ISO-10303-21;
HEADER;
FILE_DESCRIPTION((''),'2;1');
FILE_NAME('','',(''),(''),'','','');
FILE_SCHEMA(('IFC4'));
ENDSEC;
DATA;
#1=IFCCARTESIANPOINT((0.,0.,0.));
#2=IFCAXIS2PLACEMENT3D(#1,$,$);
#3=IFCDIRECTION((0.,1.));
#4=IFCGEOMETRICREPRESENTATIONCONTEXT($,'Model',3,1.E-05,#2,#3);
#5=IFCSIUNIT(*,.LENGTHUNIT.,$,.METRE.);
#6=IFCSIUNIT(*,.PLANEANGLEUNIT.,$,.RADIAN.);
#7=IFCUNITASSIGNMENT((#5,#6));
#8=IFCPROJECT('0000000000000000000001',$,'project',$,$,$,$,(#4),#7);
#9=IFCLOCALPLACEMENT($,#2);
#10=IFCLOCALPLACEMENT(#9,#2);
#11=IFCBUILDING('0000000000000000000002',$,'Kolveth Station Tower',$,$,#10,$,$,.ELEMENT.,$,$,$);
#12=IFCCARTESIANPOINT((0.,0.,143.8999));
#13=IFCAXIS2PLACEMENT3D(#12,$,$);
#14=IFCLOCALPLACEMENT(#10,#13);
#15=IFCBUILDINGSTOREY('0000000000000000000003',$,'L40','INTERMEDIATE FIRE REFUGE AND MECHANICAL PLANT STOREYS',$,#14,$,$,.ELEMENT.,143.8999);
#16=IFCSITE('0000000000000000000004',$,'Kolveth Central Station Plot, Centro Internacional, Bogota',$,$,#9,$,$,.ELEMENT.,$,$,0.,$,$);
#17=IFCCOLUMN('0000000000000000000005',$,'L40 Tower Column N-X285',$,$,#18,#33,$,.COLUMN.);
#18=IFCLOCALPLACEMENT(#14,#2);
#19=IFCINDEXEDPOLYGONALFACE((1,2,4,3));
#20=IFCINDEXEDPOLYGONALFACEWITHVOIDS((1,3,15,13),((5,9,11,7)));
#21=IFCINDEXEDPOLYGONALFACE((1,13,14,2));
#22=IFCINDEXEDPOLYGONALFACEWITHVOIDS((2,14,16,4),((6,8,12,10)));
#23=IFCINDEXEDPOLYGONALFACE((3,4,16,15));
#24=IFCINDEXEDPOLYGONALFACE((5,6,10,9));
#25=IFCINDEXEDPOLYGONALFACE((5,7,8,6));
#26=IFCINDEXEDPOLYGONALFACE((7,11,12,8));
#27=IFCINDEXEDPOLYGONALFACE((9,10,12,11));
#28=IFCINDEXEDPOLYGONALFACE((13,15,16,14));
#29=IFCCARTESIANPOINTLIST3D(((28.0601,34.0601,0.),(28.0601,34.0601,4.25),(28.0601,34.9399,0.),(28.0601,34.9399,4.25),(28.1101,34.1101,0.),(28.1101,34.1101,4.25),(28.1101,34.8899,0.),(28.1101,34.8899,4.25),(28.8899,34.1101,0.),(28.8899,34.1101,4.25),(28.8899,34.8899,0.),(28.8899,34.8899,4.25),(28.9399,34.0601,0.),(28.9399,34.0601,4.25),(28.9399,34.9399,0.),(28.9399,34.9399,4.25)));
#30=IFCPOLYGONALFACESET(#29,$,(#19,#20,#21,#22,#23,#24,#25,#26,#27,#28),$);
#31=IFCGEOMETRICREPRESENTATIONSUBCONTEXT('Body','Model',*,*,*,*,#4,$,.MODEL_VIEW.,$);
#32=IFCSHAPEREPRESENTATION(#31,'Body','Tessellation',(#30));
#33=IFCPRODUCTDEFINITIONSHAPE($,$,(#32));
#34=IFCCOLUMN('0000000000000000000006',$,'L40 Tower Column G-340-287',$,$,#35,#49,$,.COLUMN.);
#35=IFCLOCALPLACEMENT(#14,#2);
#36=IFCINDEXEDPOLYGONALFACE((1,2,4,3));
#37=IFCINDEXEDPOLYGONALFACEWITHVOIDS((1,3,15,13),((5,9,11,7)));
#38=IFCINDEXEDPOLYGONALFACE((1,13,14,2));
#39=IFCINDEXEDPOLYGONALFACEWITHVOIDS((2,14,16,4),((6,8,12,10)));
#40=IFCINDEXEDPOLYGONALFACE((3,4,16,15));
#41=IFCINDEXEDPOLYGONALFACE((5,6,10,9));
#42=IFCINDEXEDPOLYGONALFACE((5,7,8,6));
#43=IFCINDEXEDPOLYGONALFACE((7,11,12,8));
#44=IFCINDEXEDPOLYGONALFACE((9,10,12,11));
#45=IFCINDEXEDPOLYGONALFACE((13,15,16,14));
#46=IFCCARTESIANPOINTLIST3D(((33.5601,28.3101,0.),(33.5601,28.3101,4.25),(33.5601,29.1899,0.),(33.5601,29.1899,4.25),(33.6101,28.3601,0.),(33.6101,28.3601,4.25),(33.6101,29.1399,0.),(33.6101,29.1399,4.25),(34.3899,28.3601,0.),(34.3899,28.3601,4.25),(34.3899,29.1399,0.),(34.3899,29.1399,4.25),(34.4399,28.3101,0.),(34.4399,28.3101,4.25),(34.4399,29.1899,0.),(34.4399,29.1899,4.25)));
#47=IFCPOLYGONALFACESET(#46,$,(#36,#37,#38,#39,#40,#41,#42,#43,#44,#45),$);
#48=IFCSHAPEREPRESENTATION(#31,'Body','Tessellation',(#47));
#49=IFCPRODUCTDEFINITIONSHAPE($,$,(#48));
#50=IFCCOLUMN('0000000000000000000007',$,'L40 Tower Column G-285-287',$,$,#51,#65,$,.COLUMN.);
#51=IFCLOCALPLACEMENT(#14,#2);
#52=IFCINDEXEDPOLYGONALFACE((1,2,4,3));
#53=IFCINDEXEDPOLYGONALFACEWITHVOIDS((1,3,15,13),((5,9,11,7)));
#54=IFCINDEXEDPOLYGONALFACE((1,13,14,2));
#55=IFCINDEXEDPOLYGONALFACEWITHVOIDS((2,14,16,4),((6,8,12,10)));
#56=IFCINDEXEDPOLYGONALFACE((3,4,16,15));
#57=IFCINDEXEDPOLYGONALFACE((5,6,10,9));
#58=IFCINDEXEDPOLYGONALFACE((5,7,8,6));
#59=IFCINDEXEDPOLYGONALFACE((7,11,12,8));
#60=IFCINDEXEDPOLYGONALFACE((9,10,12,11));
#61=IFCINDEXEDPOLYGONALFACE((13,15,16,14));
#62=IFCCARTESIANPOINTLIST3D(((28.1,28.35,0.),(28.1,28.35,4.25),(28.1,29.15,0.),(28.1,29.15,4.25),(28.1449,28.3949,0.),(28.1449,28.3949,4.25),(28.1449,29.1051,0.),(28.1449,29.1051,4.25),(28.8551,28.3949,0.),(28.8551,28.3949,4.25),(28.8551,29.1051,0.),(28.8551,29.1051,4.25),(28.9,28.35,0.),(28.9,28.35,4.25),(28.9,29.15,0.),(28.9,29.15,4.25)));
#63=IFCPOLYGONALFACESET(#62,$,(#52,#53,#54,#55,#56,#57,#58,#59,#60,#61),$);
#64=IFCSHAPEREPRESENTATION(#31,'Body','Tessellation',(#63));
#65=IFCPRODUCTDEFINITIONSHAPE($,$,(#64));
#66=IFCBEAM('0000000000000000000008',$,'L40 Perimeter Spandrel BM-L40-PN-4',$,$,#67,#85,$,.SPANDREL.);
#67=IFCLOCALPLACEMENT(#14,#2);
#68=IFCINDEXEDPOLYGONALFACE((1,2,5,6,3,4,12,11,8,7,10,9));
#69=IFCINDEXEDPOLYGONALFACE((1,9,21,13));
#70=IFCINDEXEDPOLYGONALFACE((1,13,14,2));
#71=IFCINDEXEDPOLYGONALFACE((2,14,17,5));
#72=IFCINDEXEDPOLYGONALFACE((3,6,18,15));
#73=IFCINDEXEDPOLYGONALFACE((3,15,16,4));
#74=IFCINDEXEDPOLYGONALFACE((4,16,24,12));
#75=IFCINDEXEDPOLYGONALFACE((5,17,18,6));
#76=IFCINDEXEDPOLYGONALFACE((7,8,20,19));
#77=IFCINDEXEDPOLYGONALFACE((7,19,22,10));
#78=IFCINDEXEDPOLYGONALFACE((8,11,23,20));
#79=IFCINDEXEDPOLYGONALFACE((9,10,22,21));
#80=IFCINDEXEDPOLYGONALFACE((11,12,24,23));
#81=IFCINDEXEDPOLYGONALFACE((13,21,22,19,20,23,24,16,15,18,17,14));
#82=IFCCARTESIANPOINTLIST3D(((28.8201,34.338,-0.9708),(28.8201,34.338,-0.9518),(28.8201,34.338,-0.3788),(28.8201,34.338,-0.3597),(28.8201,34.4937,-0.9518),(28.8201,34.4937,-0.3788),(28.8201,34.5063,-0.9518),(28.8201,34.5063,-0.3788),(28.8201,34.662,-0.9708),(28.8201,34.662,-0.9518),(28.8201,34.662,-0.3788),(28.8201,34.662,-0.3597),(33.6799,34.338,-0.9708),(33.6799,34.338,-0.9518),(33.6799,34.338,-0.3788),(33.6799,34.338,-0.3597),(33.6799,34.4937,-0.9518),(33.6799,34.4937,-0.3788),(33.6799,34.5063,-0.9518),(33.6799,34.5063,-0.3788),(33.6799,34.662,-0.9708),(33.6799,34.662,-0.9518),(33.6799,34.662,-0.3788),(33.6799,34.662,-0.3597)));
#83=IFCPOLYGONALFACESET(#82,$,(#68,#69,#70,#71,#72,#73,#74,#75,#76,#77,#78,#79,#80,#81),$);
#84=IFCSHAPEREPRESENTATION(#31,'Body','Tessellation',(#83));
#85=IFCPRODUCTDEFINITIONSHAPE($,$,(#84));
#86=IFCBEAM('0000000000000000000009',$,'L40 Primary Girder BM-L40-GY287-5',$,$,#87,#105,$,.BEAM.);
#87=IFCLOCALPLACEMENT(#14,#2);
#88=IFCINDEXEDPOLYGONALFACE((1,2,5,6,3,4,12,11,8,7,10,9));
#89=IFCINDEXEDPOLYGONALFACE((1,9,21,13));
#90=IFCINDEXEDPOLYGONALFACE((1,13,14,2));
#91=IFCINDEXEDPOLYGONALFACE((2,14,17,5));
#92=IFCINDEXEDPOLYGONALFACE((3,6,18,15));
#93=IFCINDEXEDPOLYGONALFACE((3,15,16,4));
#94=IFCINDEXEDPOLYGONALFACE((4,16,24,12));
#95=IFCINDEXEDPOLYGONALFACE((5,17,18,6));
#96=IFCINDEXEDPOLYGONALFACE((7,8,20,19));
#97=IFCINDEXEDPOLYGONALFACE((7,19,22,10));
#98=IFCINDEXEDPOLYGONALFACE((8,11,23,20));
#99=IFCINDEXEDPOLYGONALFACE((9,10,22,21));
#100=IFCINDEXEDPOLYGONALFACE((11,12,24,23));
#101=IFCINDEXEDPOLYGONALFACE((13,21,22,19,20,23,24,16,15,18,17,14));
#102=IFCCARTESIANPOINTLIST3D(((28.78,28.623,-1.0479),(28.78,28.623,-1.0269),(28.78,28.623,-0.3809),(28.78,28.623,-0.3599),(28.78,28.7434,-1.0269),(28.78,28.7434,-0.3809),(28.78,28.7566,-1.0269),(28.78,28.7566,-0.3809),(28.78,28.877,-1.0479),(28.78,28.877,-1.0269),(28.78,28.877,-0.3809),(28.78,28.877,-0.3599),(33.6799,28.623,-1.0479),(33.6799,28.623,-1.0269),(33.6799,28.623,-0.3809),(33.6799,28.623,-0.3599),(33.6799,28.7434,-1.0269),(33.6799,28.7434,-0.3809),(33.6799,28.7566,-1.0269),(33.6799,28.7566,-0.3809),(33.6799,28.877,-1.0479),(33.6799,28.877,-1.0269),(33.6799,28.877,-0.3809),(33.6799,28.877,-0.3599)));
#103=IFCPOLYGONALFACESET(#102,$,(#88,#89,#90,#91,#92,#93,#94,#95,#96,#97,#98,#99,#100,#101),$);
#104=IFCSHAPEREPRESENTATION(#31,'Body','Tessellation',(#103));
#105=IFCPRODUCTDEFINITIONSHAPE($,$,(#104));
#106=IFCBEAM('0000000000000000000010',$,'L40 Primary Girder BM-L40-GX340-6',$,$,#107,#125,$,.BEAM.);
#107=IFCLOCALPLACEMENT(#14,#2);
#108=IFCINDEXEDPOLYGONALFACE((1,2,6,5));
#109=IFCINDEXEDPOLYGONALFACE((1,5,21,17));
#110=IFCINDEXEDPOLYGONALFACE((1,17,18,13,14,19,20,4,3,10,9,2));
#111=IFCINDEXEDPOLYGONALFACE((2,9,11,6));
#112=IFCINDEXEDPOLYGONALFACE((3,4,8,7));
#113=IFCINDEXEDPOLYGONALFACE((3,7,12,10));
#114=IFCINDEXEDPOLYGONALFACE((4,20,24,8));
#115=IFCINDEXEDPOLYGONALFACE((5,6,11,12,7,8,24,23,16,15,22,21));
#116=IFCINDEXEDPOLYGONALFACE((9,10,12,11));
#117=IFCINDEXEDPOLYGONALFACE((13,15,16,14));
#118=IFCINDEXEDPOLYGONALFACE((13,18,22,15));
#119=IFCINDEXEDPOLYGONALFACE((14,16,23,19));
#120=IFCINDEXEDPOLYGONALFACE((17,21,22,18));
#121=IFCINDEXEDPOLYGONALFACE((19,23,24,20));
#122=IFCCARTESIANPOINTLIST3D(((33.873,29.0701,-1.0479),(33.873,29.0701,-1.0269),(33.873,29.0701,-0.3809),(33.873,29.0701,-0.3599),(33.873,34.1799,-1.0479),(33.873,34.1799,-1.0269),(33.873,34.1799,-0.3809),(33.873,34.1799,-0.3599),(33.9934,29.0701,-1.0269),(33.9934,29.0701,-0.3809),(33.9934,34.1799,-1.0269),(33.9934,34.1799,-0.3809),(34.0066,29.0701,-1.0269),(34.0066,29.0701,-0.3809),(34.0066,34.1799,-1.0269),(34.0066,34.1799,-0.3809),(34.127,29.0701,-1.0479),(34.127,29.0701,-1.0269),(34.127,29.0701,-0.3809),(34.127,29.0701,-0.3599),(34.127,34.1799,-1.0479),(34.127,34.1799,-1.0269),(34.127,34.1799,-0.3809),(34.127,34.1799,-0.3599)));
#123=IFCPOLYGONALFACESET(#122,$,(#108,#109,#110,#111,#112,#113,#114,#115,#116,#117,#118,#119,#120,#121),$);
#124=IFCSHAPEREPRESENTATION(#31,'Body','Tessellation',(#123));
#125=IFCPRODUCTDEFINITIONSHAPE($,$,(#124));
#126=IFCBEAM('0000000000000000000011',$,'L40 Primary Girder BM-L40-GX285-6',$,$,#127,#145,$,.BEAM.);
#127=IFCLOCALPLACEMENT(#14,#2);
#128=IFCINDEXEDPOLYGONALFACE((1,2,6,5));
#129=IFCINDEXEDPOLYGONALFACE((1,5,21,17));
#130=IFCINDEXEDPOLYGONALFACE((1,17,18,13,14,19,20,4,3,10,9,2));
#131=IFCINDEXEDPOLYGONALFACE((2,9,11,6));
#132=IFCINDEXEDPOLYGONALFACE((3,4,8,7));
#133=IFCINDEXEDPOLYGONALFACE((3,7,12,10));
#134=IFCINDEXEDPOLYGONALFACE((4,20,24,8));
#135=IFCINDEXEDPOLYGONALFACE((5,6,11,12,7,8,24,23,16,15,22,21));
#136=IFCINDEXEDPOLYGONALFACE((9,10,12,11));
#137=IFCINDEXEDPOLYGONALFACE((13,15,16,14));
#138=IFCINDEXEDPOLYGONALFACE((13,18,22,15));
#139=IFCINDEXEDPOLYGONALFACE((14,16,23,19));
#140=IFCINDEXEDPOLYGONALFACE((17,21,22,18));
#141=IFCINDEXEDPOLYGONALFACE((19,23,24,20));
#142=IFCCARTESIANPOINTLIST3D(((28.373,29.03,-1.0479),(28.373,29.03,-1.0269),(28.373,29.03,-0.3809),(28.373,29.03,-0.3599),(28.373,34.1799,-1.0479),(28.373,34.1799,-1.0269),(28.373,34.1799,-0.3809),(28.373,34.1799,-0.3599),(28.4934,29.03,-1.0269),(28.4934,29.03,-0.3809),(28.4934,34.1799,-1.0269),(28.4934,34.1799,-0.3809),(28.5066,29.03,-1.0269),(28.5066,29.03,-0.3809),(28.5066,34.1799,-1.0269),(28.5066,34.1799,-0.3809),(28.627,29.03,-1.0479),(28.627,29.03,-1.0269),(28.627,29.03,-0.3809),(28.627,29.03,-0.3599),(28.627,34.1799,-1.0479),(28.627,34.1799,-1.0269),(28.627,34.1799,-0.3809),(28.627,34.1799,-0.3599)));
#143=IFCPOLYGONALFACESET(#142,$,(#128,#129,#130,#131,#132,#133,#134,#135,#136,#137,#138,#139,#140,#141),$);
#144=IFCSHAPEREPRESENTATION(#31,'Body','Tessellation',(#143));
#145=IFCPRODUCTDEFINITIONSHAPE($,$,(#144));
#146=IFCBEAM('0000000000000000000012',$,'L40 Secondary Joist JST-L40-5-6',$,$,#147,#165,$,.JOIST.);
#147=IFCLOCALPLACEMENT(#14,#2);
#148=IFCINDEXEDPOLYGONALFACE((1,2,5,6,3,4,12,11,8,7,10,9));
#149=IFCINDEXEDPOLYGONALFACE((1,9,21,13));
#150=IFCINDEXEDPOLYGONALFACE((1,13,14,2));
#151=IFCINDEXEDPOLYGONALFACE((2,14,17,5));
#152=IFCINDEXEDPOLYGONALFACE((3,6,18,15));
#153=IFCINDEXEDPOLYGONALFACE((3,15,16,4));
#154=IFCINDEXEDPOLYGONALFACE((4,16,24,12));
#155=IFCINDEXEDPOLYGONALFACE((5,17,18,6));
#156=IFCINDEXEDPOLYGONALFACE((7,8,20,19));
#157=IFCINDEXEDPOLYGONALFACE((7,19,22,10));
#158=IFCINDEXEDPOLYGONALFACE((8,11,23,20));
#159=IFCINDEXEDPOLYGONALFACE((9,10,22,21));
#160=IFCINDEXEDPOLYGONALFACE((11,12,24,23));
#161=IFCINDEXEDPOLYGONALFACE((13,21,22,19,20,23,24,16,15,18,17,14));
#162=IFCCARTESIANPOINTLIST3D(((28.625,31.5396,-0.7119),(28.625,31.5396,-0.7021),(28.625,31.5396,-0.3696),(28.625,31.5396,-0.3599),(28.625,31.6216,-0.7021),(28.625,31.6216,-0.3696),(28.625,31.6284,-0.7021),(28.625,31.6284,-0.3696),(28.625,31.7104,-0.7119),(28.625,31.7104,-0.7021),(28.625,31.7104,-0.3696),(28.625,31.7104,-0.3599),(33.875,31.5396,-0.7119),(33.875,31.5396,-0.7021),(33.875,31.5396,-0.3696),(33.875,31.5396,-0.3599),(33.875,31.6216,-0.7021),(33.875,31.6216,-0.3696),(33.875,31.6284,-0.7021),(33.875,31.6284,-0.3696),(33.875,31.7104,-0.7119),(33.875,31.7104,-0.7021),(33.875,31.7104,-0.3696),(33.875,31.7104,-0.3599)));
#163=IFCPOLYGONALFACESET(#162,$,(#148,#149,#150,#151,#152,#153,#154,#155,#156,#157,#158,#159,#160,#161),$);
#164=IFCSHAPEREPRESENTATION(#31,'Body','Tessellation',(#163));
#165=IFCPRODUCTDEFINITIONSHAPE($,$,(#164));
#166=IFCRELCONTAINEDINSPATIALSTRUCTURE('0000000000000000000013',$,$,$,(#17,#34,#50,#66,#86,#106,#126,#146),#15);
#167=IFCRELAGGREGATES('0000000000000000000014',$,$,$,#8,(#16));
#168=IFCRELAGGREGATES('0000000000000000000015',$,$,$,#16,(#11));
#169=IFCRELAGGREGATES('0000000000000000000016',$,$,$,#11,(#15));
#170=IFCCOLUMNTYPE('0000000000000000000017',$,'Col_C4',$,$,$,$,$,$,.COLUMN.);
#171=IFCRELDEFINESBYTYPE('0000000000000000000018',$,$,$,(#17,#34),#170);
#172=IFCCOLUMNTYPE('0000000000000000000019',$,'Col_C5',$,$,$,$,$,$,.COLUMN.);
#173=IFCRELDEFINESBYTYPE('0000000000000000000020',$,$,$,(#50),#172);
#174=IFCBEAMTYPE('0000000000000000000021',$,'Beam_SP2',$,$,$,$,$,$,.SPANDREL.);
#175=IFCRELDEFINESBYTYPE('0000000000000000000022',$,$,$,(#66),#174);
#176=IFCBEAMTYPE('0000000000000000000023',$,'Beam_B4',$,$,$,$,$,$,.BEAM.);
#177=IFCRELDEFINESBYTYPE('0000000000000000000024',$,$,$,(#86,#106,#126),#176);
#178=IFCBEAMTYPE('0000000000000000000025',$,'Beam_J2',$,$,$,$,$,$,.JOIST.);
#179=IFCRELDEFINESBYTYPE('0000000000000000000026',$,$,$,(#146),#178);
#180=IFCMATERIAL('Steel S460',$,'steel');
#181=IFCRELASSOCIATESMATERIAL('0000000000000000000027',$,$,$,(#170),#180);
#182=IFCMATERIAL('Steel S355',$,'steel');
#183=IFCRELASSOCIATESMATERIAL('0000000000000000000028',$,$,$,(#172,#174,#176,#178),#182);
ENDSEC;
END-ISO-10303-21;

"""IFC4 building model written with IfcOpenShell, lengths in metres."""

from ifc_helpers import new_model, si_unit, direction, frame, origin, origin_2d, place, context, subcontext, project, spatial, hollow_rectangle, i_section, extrude, source, transform, mapped, material, material_profile, profile_set, type_object, element, save


model = new_model("IFC4")

# Units and contexts
model_context = context("Model", 3, precision=1e-05, world=origin(), true_north=direction((0.0, 1.0)))
body_context = subcontext(model_context, "Body", "Model", "MODEL_VIEW")
ifc_project = project(units=[si_unit("LENGTHUNIT", "METRE"), si_unit("PLANEANGLEUNIT", "RADIAN")], contexts=[model_context])

# Site, building, storey
site_placement = place(None, origin())
site = spatial("IfcSite", under=ifc_project, at=site_placement, Name="Kolveth Central Station Plot, Centro Internacional, Bogota", CompositionType="ELEMENT", RefElevation=0.0)
building_placement = place(site_placement, origin())
building = spatial("IfcBuilding", under=site, at=building_placement, Name="Kolveth Station Tower", CompositionType="ELEMENT")
storey_placement = place(building_placement, frame((0.0, 0.0, 143.8999)))
storey = spatial("IfcBuildingStorey", under=building, at=storey_placement, Name="L40", Description="INTERMEDIATE FIRE REFUGE AND MECHANICAL PLANT STOREYS", CompositionType="ELEMENT", Elevation=143.8999)

# Columns
ifc_material_1 = material(Name="Steel S460", Category="steel")
ifc_material_profile_1 = material_profile(ifc_material_1, hollow_rectangle(XDim=0.8799, YDim=0.8799, WallThickness=0.05, at=origin_2d()), Name="BOX880x880x50")
ifc_profile_set_1 = profile_set([ifc_material_profile_1], Name="Steel S460")
column_type_1 = type_object("IfcColumnType", Name="Col_C4", PredefinedType="COLUMN", material=ifc_profile_set_1)
shared_shape_1 = source(origin(), body_context, "Body", "SweptSolid", [
    extrude(hollow_rectangle(XDim=0.8799, YDim=0.8799, WallThickness=0.05, at=origin_2d()), origin(), (0.0, 0.0, 1.0), 4.25),
])
for number, where, z_axis, x_axis, name in (
    (1, (28.5, 34.5, 0.0), (0.0, 0.0, 1.0), (1.0, 0.0, 0.0), "L40 Tower Column N-X285"),
    (2, (34.0, 28.75, 0.0), (0.0, 0.0, 1.0), (1.0, 0.0, 0.0), "L40 Tower Column G-340-287"),
):
    element("IfcColumn", number, at=place(storey_placement, frame(where, z_axis=z_axis, x_axis=x_axis)), inside=storey, type_object=column_type_1, Name=name, PredefinedType="COLUMN", context=body_context, shape_type="MappedRepresentation", body=[
        mapped(shared_shape_1, transform((0.0, 0.0, 0.0), x_axis=(1.0, 0.0, 0.0), y_axis=(0.0, 1.0, 0.0), z_axis=(0.0, 0.0, 1.0), scale=1.0)),
    ])
ifc_material_2 = material(Name="Steel S355", Category="steel")
ifc_material_profile_2 = material_profile(ifc_material_2, hollow_rectangle(XDim=0.8, YDim=0.8, WallThickness=0.0449, at=origin_2d()), Name="BOX800x800x45")
ifc_profile_set_2 = profile_set([ifc_material_profile_2], Name="Steel S355")
column_type_2 = type_object("IfcColumnType", Name="Col_C5", PredefinedType="COLUMN", material=ifc_profile_set_2)
shared_shape_2 = source(origin(), body_context, "Body", "SweptSolid", [
    extrude(hollow_rectangle(XDim=0.8, YDim=0.8, WallThickness=0.0449, at=origin_2d()), origin(), (0.0, 0.0, 1.0), 4.25),
])
column_placement = place(storey_placement, frame((28.5, 28.75, 0.0), z_axis=(0.0, 0.0, 1.0), x_axis=(1.0, 0.0, 0.0)))
element("IfcColumn", 3, at=column_placement, inside=storey, type_object=column_type_2, Name="L40 Tower Column G-285-287", PredefinedType="COLUMN", context=body_context, shape_type="MappedRepresentation", body=[
    mapped(shared_shape_2, transform((0.0, 0.0, 0.0), x_axis=(1.0, 0.0, 0.0), y_axis=(0.0, 1.0, 0.0), z_axis=(0.0, 0.0, 1.0), scale=1.0)),
])

# Beams
ifc_material_profile_3 = material_profile(ifc_material_2, i_section(OverallWidth=0.324, OverallDepth=0.6111, WebThickness=0.0127, FlangeThickness=0.019, at=origin_2d()), Name="W610x155")
ifc_profile_set_3 = profile_set([ifc_material_profile_3], Name="Steel S355")
beam_type_1 = type_object("IfcBeamType", Name="Beam_SP2", PredefinedType="SPANDREL", material=ifc_profile_set_3)
shared_shape_3 = source(origin(), body_context, "Body", "SweptSolid", [
    extrude(i_section(OverallWidth=0.324, OverallDepth=0.6111, WebThickness=0.0127, FlangeThickness=0.019, at=origin_2d()), origin(), (0.0, 0.0, 1.0), 4.8599),
])
beam_1_placement = place(storey_placement, frame((28.8201, 34.5, -0.6653), z_axis=(1.0, 0.0, 0.0), x_axis=(0.0, 1.0, 0.0)))
element("IfcBeam", 4, at=beam_1_placement, inside=storey, type_object=beam_type_1, Name="L40 Perimeter Spandrel BM-L40-PN-4", PredefinedType="SPANDREL", context=body_context, shape_type="MappedRepresentation", body=[
    mapped(shared_shape_3, transform((0.0, 0.0, 0.0), x_axis=(1.0, 0.0, 0.0), y_axis=(0.0, 1.0, 0.0), z_axis=(0.0, 0.0, 1.0), scale=1.0)),
])
ifc_material_profile_4 = material_profile(ifc_material_2, i_section(OverallWidth=0.2539, OverallDepth=0.688, WebThickness=0.0132, FlangeThickness=0.021, at=origin_2d()), Name="W690x152")
ifc_profile_set_4 = profile_set([ifc_material_profile_4], Name="Steel S355")
beam_type_2 = type_object("IfcBeamType", Name="Beam_B4", PredefinedType="BEAM", material=ifc_profile_set_4)
shared_shape_4 = source(origin(), body_context, "Body", "SweptSolid", [
    extrude(i_section(OverallWidth=0.2539, OverallDepth=0.688, WebThickness=0.0132, FlangeThickness=0.021, at=origin_2d()), origin(), (0.0, 0.0, 1.0), 4.8999),
])
beam_2_placement = place(storey_placement, frame((28.78, 28.75, -0.7039), z_axis=(1.0, 0.0, 0.0), x_axis=(0.0, 1.0, 0.0)))
element("IfcBeam", 5, at=beam_2_placement, inside=storey, type_object=beam_type_2, Name="L40 Primary Girder BM-L40-GY287-5", PredefinedType="BEAM", context=body_context, shape_type="MappedRepresentation", body=[
    mapped(shared_shape_4, transform((0.0, 0.0, 0.0), x_axis=(1.0, 0.0, 0.0), y_axis=(0.0, 1.0, 0.0), z_axis=(0.0, 0.0, 1.0), scale=1.0)),
])
shared_shape_5 = source(origin(), body_context, "Body", "SweptSolid", [
    extrude(i_section(OverallWidth=0.2539, OverallDepth=0.688, WebThickness=0.0132, FlangeThickness=0.021, at=origin_2d()), origin(), (0.0, 0.0, 1.0), 5.1099),
])
beam_3_placement = place(storey_placement, frame((34.0, 29.0701, -0.7039), z_axis=(0.0, 1.0, 0.0), x_axis=(-1.0, 0.0, 0.0)))
element("IfcBeam", 6, at=beam_3_placement, inside=storey, type_object=beam_type_2, Name="L40 Primary Girder BM-L40-GX340-6", PredefinedType="BEAM", context=body_context, shape_type="MappedRepresentation", body=[
    mapped(shared_shape_5, transform((0.0, 0.0, 0.0), x_axis=(1.0, 0.0, 0.0), y_axis=(0.0, 1.0, 0.0), z_axis=(0.0, 0.0, 1.0), scale=1.0)),
])
shared_shape_6 = source(origin(), body_context, "Body", "SweptSolid", [
    extrude(i_section(OverallWidth=0.2539, OverallDepth=0.688, WebThickness=0.0132, FlangeThickness=0.021, at=origin_2d()), origin(), (0.0, 0.0, 1.0), 5.1499),
])
beam_4_placement = place(storey_placement, frame((28.5, 29.03, -0.7039), z_axis=(0.0, 1.0, 0.0), x_axis=(-1.0, 0.0, 0.0)))
element("IfcBeam", 7, at=beam_4_placement, inside=storey, type_object=beam_type_2, Name="L40 Primary Girder BM-L40-GX285-6", PredefinedType="BEAM", context=body_context, shape_type="MappedRepresentation", body=[
    mapped(shared_shape_6, transform((0.0, 0.0, 0.0), x_axis=(1.0, 0.0, 0.0), y_axis=(0.0, 1.0, 0.0), z_axis=(0.0, 0.0, 1.0), scale=1.0)),
])
ifc_material_profile_5 = material_profile(ifc_material_2, i_section(OverallWidth=0.1709, OverallDepth=0.3521, WebThickness=0.0068, FlangeThickness=0.0098, at=origin_2d()), Name="W360x44")
ifc_profile_set_5 = profile_set([ifc_material_profile_5], Name="Steel S355")
beam_type_3 = type_object("IfcBeamType", Name="Beam_J2", PredefinedType="JOIST", material=ifc_profile_set_5)
shared_shape_7 = source(origin(), body_context, "Body", "SweptSolid", [
    extrude(i_section(OverallWidth=0.1709, OverallDepth=0.3521, WebThickness=0.0068, FlangeThickness=0.0098, at=origin_2d()), origin(), (0.0, 0.0, 1.0), 5.25),
])
beam_5_placement = place(storey_placement, frame((28.625, 31.625, -0.5359), z_axis=(1.0, 0.0, 0.0), x_axis=(0.0, 1.0, 0.0)))
element("IfcBeam", 8, at=beam_5_placement, inside=storey, type_object=beam_type_3, Name="L40 Secondary Joist JST-L40-5-6", PredefinedType="JOIST", context=body_context, shape_type="MappedRepresentation", body=[
    mapped(shared_shape_7, transform((0.0, 0.0, 0.0), x_axis=(1.0, 0.0, 0.0), y_axis=(0.0, 1.0, 0.0), z_axis=(0.0, 0.0, 1.0), scale=1.0)),
])

save(model, "model.ifc")
